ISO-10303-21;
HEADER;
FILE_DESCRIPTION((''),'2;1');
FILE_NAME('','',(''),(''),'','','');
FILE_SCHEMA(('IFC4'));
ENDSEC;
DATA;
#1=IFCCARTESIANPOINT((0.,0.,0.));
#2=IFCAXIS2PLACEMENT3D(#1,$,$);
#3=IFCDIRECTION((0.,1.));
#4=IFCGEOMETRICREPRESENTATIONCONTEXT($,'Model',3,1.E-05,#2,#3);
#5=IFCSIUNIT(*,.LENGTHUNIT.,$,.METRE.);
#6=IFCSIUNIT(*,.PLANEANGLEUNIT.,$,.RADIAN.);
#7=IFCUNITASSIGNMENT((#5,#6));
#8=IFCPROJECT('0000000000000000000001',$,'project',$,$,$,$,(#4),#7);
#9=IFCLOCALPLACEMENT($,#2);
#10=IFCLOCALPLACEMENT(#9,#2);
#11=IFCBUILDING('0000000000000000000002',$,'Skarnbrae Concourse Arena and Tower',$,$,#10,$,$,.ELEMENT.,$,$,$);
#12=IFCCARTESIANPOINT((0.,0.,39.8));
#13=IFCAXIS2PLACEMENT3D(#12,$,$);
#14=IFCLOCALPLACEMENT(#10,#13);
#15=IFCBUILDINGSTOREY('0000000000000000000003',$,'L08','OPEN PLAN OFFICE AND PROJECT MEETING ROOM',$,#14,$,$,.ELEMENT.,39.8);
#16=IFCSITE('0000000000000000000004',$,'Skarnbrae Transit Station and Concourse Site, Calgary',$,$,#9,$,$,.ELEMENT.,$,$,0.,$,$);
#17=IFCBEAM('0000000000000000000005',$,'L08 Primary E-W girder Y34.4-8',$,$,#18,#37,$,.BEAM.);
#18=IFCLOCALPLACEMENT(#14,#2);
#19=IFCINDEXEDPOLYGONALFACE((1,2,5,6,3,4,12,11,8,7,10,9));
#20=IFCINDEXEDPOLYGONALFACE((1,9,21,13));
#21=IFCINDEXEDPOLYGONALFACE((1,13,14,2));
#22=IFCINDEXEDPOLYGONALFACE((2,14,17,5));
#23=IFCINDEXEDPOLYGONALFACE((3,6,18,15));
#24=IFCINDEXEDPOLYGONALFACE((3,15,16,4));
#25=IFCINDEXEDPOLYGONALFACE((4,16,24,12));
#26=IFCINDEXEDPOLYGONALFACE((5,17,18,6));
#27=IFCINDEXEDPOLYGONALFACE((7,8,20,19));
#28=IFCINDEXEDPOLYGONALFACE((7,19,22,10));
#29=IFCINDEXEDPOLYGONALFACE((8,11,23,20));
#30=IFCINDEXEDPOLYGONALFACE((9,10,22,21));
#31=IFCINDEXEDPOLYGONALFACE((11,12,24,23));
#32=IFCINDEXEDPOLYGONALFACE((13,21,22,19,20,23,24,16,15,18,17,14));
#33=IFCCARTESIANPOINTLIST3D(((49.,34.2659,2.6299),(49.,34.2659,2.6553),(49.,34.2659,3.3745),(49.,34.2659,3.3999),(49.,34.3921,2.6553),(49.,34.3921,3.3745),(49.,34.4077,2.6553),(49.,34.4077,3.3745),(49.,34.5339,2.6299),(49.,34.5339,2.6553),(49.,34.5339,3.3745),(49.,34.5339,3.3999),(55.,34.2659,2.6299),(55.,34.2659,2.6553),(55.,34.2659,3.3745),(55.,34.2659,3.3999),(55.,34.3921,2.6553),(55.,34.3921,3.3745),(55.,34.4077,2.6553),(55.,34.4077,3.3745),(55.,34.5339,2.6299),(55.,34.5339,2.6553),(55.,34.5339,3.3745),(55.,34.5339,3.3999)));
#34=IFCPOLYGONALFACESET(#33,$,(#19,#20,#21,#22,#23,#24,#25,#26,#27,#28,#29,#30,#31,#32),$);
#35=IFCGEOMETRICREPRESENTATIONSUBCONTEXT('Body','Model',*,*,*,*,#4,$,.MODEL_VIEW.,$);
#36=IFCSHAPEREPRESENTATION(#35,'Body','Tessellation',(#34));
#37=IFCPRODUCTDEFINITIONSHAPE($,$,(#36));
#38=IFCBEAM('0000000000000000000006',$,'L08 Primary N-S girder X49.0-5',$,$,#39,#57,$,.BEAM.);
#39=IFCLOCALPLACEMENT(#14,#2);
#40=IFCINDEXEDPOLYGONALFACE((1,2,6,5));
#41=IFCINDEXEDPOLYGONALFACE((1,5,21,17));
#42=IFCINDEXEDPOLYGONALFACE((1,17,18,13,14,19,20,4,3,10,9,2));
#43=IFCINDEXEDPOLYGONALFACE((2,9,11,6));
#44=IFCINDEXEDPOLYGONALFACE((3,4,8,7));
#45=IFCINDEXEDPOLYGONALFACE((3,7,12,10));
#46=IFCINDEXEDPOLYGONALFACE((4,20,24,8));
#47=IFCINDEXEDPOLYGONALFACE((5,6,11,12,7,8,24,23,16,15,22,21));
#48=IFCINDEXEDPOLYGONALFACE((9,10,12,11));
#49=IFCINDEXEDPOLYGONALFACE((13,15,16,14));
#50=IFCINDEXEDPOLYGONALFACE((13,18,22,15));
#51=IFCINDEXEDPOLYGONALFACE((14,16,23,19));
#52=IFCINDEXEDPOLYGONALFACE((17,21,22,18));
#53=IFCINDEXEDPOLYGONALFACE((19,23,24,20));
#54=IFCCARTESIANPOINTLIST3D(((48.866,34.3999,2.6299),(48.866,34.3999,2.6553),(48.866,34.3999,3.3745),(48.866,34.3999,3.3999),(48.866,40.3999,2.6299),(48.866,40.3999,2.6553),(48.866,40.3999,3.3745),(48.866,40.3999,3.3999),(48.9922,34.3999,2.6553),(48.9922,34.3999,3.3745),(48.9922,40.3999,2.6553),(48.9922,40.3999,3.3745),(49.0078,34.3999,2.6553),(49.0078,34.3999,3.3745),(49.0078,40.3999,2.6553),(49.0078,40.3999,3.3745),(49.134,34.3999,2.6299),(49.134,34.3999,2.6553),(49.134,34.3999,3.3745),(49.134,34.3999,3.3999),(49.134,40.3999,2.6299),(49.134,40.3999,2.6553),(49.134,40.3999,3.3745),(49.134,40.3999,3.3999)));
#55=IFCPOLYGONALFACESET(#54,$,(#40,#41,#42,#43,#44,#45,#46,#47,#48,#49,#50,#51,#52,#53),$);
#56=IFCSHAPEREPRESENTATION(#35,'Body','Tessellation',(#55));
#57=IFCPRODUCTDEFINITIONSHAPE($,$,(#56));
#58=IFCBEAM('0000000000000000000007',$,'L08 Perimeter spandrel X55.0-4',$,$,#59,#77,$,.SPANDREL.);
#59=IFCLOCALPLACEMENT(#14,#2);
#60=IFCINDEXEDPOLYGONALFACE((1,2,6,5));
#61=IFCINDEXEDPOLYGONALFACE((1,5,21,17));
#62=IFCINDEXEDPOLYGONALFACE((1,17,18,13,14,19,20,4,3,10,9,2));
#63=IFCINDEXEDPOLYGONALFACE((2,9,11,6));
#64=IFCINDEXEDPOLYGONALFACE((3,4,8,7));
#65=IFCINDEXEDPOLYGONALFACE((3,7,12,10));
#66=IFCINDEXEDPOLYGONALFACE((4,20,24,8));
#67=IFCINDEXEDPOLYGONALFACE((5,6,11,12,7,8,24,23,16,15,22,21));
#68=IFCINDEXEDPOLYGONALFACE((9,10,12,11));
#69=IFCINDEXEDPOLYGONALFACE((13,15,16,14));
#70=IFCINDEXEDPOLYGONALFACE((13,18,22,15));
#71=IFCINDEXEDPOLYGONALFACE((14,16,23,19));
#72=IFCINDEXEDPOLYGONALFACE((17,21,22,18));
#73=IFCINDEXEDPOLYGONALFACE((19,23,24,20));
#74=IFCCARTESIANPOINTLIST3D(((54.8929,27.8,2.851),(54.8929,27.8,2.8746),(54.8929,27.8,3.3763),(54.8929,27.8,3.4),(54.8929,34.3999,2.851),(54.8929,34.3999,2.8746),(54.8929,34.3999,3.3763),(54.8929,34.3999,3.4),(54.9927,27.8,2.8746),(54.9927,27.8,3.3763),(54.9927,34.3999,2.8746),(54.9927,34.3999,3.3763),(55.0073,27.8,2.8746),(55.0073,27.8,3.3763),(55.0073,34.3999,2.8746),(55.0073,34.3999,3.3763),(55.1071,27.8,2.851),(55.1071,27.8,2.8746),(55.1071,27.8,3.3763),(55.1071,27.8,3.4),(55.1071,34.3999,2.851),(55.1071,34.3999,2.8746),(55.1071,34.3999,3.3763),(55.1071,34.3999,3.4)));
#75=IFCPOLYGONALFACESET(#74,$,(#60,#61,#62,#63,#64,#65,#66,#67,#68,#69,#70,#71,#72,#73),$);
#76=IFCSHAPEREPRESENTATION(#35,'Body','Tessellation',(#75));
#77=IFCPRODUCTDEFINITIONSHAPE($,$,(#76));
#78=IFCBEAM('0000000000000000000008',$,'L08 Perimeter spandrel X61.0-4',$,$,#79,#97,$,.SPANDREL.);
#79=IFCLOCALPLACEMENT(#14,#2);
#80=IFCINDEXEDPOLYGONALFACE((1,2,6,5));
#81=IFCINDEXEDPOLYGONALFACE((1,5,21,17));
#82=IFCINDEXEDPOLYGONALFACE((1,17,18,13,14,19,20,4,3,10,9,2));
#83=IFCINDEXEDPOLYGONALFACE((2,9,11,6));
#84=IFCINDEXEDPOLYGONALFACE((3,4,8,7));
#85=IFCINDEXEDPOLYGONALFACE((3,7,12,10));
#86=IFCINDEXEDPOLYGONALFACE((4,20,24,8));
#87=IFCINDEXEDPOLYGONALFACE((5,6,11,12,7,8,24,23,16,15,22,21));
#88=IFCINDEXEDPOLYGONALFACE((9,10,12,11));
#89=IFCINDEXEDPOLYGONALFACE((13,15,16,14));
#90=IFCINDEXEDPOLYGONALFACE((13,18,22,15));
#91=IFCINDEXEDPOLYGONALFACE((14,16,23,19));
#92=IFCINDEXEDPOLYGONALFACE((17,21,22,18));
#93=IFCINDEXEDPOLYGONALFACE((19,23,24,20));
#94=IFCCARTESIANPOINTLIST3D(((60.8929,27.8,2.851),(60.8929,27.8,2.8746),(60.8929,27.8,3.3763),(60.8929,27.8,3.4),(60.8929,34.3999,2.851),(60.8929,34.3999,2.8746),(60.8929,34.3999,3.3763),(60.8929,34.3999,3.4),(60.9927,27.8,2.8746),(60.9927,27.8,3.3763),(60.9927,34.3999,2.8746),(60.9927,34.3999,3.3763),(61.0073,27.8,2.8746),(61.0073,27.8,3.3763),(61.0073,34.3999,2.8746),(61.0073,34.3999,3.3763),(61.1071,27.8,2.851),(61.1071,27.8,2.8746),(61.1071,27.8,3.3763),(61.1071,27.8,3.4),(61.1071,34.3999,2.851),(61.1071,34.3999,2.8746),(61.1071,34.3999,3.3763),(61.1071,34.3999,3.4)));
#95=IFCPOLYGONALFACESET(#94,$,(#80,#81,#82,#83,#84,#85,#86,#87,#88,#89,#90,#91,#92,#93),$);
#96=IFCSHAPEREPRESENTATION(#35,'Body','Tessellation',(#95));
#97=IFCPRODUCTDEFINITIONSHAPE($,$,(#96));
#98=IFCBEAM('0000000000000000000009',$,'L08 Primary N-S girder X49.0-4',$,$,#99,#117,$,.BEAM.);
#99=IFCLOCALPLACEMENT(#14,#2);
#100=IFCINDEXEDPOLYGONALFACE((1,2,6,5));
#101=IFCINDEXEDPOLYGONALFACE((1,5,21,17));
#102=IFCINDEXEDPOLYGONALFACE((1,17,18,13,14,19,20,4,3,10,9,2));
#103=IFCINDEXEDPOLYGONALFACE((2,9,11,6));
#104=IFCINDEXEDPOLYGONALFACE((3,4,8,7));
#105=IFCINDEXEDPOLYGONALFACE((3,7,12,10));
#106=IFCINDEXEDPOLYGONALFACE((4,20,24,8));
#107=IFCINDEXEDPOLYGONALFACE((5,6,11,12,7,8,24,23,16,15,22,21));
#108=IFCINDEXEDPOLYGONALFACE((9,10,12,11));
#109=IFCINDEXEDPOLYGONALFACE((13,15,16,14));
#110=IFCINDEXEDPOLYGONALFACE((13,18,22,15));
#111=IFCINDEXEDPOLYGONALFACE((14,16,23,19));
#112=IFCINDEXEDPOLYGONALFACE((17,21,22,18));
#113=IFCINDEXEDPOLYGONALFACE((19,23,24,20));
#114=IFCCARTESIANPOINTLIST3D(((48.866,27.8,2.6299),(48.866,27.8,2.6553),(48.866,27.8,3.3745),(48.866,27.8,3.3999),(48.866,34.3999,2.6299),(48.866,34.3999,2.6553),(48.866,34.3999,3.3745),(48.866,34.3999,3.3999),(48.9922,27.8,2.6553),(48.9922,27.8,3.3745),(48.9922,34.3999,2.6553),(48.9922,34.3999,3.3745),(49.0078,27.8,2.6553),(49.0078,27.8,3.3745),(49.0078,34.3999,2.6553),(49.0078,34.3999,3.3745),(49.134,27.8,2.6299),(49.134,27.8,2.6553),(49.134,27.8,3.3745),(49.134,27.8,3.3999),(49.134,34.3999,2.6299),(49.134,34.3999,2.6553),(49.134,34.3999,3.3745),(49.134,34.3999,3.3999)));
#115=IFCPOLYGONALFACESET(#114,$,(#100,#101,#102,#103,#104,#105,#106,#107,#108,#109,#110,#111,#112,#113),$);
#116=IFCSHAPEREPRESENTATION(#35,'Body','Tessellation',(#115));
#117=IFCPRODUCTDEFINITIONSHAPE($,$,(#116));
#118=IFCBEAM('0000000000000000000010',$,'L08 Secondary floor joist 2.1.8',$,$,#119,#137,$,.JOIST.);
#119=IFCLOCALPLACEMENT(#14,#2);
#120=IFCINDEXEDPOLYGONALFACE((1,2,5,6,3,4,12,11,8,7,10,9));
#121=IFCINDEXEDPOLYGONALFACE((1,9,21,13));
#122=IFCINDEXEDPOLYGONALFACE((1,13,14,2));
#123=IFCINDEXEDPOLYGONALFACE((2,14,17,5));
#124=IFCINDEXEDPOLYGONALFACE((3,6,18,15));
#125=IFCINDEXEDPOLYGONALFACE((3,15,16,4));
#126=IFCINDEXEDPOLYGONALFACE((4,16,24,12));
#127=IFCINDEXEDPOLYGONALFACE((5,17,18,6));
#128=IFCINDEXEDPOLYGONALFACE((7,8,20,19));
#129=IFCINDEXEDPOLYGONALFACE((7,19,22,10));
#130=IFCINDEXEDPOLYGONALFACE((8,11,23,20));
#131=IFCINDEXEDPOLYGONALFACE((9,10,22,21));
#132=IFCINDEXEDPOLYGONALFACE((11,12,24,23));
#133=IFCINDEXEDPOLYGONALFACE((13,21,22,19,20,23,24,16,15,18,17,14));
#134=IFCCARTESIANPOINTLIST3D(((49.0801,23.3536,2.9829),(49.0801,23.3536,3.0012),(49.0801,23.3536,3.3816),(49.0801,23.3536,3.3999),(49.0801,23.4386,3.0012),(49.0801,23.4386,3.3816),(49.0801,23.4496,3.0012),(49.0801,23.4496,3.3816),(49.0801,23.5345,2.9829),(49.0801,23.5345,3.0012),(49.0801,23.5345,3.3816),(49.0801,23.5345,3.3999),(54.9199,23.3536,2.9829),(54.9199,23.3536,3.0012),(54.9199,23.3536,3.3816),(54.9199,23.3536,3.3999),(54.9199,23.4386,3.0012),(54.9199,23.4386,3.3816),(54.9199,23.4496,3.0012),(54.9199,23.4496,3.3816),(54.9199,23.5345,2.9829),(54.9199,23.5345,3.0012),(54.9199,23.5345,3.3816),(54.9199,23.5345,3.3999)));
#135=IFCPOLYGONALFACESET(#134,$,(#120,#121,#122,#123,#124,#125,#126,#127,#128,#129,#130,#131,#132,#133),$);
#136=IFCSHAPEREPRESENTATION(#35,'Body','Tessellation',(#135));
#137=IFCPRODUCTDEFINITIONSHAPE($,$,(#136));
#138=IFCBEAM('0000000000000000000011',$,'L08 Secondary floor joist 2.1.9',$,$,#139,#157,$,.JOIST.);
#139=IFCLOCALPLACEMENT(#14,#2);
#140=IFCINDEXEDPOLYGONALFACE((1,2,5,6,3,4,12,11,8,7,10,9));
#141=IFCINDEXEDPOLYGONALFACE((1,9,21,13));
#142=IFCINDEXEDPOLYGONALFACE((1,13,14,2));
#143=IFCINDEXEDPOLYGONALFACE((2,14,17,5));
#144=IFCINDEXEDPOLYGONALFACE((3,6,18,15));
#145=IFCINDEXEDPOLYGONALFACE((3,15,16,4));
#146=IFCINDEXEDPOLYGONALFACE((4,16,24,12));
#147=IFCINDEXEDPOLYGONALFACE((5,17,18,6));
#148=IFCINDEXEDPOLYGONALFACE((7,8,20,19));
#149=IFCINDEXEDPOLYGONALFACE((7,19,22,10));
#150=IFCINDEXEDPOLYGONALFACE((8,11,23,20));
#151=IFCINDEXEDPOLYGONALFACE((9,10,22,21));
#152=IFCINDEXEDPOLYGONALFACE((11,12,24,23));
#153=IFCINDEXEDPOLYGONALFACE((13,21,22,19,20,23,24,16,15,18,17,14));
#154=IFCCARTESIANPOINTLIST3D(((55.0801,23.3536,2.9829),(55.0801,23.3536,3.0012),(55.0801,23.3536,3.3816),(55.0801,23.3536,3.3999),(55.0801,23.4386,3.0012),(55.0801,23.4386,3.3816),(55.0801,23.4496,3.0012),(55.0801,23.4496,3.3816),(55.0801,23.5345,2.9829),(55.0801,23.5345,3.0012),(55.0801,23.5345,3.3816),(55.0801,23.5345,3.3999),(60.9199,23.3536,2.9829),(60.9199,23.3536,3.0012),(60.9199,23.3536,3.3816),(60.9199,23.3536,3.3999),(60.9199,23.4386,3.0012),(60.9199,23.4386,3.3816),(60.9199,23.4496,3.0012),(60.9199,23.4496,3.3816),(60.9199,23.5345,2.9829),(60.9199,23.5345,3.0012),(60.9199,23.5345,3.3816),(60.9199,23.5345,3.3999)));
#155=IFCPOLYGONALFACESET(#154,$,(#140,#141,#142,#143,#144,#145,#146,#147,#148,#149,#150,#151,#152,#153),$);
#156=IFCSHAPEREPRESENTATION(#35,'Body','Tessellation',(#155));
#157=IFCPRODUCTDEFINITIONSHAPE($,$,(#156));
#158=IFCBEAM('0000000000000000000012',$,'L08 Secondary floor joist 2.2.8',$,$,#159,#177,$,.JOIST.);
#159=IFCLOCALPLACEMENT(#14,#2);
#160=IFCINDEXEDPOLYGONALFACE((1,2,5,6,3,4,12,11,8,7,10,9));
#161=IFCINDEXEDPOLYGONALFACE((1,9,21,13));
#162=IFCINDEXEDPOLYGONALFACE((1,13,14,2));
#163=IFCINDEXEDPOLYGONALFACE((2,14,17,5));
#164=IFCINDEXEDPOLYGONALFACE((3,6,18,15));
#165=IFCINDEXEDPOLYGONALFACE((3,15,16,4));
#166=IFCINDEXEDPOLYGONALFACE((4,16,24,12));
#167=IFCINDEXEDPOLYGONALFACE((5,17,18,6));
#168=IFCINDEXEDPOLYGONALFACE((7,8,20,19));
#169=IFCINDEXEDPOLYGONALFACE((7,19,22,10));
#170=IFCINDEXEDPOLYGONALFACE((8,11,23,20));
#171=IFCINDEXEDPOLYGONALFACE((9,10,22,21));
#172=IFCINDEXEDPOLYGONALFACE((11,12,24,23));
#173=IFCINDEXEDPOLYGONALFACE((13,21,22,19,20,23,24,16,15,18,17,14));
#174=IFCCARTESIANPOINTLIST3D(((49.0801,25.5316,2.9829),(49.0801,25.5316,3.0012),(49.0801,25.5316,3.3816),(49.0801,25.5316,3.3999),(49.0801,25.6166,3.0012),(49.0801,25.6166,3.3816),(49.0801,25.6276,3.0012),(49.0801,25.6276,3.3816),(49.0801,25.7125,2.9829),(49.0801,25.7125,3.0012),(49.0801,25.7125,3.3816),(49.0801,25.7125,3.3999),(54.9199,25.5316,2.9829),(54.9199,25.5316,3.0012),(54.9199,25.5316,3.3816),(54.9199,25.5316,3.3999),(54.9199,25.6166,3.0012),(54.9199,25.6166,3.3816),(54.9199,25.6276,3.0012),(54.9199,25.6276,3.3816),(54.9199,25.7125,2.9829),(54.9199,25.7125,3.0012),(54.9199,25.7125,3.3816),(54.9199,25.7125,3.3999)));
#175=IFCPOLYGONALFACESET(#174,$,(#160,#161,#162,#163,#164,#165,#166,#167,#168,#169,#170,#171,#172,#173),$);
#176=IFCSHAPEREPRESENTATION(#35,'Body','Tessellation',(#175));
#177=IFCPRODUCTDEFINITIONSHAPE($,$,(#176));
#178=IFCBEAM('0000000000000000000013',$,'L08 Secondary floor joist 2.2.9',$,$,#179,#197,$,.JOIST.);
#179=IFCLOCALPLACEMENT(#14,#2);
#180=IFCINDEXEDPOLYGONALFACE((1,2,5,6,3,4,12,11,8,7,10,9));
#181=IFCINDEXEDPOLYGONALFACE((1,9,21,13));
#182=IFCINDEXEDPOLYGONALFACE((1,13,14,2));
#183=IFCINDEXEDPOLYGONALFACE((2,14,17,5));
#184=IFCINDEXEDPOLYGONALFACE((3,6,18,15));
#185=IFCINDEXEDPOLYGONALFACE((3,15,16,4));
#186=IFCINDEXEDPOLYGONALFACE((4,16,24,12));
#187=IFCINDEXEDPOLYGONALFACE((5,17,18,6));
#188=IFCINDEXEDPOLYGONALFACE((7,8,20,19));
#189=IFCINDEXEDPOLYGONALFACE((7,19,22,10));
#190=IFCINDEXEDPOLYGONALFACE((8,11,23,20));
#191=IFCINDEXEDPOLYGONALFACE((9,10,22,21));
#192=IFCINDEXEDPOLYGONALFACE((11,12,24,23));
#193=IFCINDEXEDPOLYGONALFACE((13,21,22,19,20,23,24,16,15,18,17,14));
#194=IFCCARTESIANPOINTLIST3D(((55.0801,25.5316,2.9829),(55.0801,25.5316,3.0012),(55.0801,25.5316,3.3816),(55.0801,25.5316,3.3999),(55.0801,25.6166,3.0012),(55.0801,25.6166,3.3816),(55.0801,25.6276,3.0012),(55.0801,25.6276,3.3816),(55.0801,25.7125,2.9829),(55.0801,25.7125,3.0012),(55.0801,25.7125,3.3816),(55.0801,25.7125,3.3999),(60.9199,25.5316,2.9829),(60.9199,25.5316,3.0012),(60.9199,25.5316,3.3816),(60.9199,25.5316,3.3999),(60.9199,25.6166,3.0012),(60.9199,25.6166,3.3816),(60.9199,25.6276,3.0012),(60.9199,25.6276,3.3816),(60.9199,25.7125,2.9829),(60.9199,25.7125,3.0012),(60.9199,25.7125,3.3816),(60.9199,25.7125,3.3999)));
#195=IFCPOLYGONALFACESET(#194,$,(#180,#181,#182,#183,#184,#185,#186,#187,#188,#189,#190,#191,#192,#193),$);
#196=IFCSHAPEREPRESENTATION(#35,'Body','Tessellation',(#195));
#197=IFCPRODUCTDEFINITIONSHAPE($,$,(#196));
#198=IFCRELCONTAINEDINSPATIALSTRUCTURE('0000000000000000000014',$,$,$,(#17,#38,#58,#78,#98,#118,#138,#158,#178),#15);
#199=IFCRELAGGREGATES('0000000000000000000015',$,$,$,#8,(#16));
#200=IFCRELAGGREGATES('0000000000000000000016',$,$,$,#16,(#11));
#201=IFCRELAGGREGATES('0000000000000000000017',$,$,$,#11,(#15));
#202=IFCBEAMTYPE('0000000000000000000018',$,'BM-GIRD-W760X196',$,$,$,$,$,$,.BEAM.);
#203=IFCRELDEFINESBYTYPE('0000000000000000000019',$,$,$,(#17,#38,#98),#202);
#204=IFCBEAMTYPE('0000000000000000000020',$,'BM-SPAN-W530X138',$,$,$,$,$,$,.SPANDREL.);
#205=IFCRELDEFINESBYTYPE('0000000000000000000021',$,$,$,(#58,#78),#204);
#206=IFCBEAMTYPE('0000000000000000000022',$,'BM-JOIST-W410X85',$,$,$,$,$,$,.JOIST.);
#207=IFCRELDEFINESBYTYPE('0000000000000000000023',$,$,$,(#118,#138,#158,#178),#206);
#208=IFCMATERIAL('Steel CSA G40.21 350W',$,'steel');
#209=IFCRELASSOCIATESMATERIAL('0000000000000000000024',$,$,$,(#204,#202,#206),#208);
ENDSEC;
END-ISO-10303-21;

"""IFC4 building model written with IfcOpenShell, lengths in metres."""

from ifc_helpers import new_model, si_unit, direction, frame, origin, origin_2d, place, context, subcontext, project, spatial, i_section, extrude, source, transform, mapped, material, material_profile, profile_set, type_object, element, save


model = new_model("IFC4")

# Units and contexts
model_context = context("Model", 3, precision=1e-05, world=origin(), true_north=direction((0.0, 1.0)))
body_context = subcontext(model_context, "Body", "Model", "MODEL_VIEW")
ifc_project = project(units=[si_unit("LENGTHUNIT", "METRE"), si_unit("PLANEANGLEUNIT", "RADIAN")], contexts=[model_context])

# Site, building, storey
site_placement = place(None, origin())
site = spatial("IfcSite", under=ifc_project, at=site_placement, Name="Skarnbrae Transit Station and Concourse Site, Calgary", CompositionType="ELEMENT", RefElevation=0.0)
building_placement = place(site_placement, origin())
building = spatial("IfcBuilding", under=site, at=building_placement, Name="Skarnbrae Concourse Arena and Tower", CompositionType="ELEMENT")
storey_placement = place(building_placement, frame((0.0, 0.0, 39.8)))
storey = spatial("IfcBuildingStorey", under=building, at=storey_placement, Name="L08", Description="OPEN PLAN OFFICE AND PROJECT MEETING ROOM", CompositionType="ELEMENT", Elevation=39.8)

# Shared definitions
ifc_material_1 = material(Name="Steel CSA G40.21 350W", Category="steel")

# Beams
ifc_material_profile_1 = material_profile(ifc_material_1, i_section(OverallWidth=0.2141, OverallDepth=0.5491, WebThickness=0.0146, FlangeThickness=0.0237, at=origin_2d()), Name="W530X138")
ifc_profile_set_1 = profile_set([ifc_material_profile_1], Name="Steel CSA G40.21 350W")
beam_type_1 = type_object("IfcBeamType", Name="BM-SPAN-W530X138", PredefinedType="SPANDREL", material=ifc_profile_set_1)
ifc_material_profile_2 = material_profile(ifc_material_1, i_section(OverallWidth=0.2681, OverallDepth=0.77, WebThickness=0.0156, FlangeThickness=0.0254, at=origin_2d()), Name="W760X196")
ifc_profile_set_2 = profile_set([ifc_material_profile_2], Name="Steel CSA G40.21 350W")
beam_type_2 = type_object("IfcBeamType", Name="BM-GIRD-W760X196", PredefinedType="BEAM", material=ifc_profile_set_2)
shared_shape_1 = source(origin(), body_context, "Body", "SweptSolid", [
    extrude(i_section(OverallWidth=0.2681, OverallDepth=0.77, WebThickness=0.0156, FlangeThickness=0.0254, at=origin_2d()), origin(), (0.0, 0.0, 1.0), 6.0),
])
for number, where, z_axis, x_axis, name in (
    (1, (49.0, 34.3999, 3.0149), (1.0, 0.0, 0.0), (0.0, 1.0, 0.0), "L08 Primary E-W girder Y34.4-8"),
    (2, (49.0, 34.3999, 3.0149), (0.0, 1.0, 0.0), (-1.0, 0.0, 0.0), "L08 Primary N-S girder X49.0-5"),
):
    element("IfcBeam", number, at=place(storey_placement, frame(where, z_axis=z_axis, x_axis=x_axis)), inside=storey, type_object=beam_type_2, Name=name, PredefinedType="BEAM", context=body_context, shape_type="MappedRepresentation", body=[
        mapped(shared_shape_1, transform((0.0, 0.0, 0.0))),
    ])
shared_shape_2 = source(origin(), body_context, "Body", "SweptSolid", [
    extrude(i_section(OverallWidth=0.2141, OverallDepth=0.5491, WebThickness=0.0146, FlangeThickness=0.0237, at=origin_2d()), origin(), (0.0, 0.0, 1.0), 6.5999),
])
for number, where, z_axis, x_axis, name in (
    (3, (55.0, 27.8, 3.1255), (0.0, 1.0, 0.0), (-1.0, 0.0, 0.0), "L08 Perimeter spandrel X55.0-4"),
    (4, (61.0, 27.8, 3.1255), (0.0, 1.0, 0.0), (-1.0, 0.0, 0.0), "L08 Perimeter spandrel X61.0-4"),
):
    element("IfcBeam", number, at=place(storey_placement, frame(where, z_axis=z_axis, x_axis=x_axis)), inside=storey, type_object=beam_type_1, Name=name, PredefinedType="SPANDREL", context=body_context, shape_type="MappedRepresentation", body=[
        mapped(shared_shape_2, transform((0.0, 0.0, 0.0))),
    ])
shared_shape_3 = source(origin(), body_context, "Body", "SweptSolid", [
    extrude(i_section(OverallWidth=0.2681, OverallDepth=0.77, WebThickness=0.0156, FlangeThickness=0.0254, at=origin_2d()), origin(), (0.0, 0.0, 1.0), 6.5999),
])
beam_placement = place(storey_placement, frame((49.0, 27.8, 3.0149), z_axis=(0.0, 1.0, 0.0), x_axis=(-1.0, 0.0, 0.0)))
element("IfcBeam", 5, at=beam_placement, inside=storey, type_object=beam_type_2, Name="L08 Primary N-S girder X49.0-4", PredefinedType="BEAM", context=body_context, shape_type="MappedRepresentation", body=[
    mapped(shared_shape_3, transform((0.0, 0.0, 0.0))),
])
ifc_material_profile_3 = material_profile(ifc_material_1, i_section(OverallWidth=0.1809, OverallDepth=0.417, WebThickness=0.011, FlangeThickness=0.0183, at=origin_2d()), Name="W410X85")
ifc_profile_set_3 = profile_set([ifc_material_profile_3], Name="Steel CSA G40.21 350W")
beam_type_3 = type_object("IfcBeamType", Name="BM-JOIST-W410X85", PredefinedType="JOIST", material=ifc_profile_set_3)
shared_shape_4 = source(origin(), body_context, "Body", "SweptSolid", [
    extrude(i_section(OverallWidth=0.1809, OverallDepth=0.417, WebThickness=0.011, FlangeThickness=0.0183, at=origin_2d()), origin(), (0.0, 0.0, 1.0), 5.8398),
])
for number, where, z_axis, x_axis, name in (
    (6, (49.0801, 23.4441, 3.1914), (1.0, 0.0, 0.0), (0.0, 1.0, 0.0), "L08 Secondary floor joist 2.1.8"),
    (7, (55.0801, 23.4441, 3.1914), (1.0, 0.0, 0.0), (0.0, 1.0, 0.0), "L08 Secondary floor joist 2.1.9"),
    (8, (49.0801, 25.6221, 3.1914), (1.0, 0.0, 0.0), (0.0, 1.0, 0.0), "L08 Secondary floor joist 2.2.8"),
    (9, (55.0801, 25.6221, 3.1914), (1.0, 0.0, 0.0), (0.0, 1.0, 0.0), "L08 Secondary floor joist 2.2.9"),
):
    element("IfcBeam", number, at=place(storey_placement, frame(where, z_axis=z_axis, x_axis=x_axis)), inside=storey, type_object=beam_type_3, Name=name, PredefinedType="JOIST", context=body_context, shape_type="MappedRepresentation", body=[
        mapped(shared_shape_4, transform((0.0, 0.0, 0.0))),
    ])

save(model, "model.ifc")
